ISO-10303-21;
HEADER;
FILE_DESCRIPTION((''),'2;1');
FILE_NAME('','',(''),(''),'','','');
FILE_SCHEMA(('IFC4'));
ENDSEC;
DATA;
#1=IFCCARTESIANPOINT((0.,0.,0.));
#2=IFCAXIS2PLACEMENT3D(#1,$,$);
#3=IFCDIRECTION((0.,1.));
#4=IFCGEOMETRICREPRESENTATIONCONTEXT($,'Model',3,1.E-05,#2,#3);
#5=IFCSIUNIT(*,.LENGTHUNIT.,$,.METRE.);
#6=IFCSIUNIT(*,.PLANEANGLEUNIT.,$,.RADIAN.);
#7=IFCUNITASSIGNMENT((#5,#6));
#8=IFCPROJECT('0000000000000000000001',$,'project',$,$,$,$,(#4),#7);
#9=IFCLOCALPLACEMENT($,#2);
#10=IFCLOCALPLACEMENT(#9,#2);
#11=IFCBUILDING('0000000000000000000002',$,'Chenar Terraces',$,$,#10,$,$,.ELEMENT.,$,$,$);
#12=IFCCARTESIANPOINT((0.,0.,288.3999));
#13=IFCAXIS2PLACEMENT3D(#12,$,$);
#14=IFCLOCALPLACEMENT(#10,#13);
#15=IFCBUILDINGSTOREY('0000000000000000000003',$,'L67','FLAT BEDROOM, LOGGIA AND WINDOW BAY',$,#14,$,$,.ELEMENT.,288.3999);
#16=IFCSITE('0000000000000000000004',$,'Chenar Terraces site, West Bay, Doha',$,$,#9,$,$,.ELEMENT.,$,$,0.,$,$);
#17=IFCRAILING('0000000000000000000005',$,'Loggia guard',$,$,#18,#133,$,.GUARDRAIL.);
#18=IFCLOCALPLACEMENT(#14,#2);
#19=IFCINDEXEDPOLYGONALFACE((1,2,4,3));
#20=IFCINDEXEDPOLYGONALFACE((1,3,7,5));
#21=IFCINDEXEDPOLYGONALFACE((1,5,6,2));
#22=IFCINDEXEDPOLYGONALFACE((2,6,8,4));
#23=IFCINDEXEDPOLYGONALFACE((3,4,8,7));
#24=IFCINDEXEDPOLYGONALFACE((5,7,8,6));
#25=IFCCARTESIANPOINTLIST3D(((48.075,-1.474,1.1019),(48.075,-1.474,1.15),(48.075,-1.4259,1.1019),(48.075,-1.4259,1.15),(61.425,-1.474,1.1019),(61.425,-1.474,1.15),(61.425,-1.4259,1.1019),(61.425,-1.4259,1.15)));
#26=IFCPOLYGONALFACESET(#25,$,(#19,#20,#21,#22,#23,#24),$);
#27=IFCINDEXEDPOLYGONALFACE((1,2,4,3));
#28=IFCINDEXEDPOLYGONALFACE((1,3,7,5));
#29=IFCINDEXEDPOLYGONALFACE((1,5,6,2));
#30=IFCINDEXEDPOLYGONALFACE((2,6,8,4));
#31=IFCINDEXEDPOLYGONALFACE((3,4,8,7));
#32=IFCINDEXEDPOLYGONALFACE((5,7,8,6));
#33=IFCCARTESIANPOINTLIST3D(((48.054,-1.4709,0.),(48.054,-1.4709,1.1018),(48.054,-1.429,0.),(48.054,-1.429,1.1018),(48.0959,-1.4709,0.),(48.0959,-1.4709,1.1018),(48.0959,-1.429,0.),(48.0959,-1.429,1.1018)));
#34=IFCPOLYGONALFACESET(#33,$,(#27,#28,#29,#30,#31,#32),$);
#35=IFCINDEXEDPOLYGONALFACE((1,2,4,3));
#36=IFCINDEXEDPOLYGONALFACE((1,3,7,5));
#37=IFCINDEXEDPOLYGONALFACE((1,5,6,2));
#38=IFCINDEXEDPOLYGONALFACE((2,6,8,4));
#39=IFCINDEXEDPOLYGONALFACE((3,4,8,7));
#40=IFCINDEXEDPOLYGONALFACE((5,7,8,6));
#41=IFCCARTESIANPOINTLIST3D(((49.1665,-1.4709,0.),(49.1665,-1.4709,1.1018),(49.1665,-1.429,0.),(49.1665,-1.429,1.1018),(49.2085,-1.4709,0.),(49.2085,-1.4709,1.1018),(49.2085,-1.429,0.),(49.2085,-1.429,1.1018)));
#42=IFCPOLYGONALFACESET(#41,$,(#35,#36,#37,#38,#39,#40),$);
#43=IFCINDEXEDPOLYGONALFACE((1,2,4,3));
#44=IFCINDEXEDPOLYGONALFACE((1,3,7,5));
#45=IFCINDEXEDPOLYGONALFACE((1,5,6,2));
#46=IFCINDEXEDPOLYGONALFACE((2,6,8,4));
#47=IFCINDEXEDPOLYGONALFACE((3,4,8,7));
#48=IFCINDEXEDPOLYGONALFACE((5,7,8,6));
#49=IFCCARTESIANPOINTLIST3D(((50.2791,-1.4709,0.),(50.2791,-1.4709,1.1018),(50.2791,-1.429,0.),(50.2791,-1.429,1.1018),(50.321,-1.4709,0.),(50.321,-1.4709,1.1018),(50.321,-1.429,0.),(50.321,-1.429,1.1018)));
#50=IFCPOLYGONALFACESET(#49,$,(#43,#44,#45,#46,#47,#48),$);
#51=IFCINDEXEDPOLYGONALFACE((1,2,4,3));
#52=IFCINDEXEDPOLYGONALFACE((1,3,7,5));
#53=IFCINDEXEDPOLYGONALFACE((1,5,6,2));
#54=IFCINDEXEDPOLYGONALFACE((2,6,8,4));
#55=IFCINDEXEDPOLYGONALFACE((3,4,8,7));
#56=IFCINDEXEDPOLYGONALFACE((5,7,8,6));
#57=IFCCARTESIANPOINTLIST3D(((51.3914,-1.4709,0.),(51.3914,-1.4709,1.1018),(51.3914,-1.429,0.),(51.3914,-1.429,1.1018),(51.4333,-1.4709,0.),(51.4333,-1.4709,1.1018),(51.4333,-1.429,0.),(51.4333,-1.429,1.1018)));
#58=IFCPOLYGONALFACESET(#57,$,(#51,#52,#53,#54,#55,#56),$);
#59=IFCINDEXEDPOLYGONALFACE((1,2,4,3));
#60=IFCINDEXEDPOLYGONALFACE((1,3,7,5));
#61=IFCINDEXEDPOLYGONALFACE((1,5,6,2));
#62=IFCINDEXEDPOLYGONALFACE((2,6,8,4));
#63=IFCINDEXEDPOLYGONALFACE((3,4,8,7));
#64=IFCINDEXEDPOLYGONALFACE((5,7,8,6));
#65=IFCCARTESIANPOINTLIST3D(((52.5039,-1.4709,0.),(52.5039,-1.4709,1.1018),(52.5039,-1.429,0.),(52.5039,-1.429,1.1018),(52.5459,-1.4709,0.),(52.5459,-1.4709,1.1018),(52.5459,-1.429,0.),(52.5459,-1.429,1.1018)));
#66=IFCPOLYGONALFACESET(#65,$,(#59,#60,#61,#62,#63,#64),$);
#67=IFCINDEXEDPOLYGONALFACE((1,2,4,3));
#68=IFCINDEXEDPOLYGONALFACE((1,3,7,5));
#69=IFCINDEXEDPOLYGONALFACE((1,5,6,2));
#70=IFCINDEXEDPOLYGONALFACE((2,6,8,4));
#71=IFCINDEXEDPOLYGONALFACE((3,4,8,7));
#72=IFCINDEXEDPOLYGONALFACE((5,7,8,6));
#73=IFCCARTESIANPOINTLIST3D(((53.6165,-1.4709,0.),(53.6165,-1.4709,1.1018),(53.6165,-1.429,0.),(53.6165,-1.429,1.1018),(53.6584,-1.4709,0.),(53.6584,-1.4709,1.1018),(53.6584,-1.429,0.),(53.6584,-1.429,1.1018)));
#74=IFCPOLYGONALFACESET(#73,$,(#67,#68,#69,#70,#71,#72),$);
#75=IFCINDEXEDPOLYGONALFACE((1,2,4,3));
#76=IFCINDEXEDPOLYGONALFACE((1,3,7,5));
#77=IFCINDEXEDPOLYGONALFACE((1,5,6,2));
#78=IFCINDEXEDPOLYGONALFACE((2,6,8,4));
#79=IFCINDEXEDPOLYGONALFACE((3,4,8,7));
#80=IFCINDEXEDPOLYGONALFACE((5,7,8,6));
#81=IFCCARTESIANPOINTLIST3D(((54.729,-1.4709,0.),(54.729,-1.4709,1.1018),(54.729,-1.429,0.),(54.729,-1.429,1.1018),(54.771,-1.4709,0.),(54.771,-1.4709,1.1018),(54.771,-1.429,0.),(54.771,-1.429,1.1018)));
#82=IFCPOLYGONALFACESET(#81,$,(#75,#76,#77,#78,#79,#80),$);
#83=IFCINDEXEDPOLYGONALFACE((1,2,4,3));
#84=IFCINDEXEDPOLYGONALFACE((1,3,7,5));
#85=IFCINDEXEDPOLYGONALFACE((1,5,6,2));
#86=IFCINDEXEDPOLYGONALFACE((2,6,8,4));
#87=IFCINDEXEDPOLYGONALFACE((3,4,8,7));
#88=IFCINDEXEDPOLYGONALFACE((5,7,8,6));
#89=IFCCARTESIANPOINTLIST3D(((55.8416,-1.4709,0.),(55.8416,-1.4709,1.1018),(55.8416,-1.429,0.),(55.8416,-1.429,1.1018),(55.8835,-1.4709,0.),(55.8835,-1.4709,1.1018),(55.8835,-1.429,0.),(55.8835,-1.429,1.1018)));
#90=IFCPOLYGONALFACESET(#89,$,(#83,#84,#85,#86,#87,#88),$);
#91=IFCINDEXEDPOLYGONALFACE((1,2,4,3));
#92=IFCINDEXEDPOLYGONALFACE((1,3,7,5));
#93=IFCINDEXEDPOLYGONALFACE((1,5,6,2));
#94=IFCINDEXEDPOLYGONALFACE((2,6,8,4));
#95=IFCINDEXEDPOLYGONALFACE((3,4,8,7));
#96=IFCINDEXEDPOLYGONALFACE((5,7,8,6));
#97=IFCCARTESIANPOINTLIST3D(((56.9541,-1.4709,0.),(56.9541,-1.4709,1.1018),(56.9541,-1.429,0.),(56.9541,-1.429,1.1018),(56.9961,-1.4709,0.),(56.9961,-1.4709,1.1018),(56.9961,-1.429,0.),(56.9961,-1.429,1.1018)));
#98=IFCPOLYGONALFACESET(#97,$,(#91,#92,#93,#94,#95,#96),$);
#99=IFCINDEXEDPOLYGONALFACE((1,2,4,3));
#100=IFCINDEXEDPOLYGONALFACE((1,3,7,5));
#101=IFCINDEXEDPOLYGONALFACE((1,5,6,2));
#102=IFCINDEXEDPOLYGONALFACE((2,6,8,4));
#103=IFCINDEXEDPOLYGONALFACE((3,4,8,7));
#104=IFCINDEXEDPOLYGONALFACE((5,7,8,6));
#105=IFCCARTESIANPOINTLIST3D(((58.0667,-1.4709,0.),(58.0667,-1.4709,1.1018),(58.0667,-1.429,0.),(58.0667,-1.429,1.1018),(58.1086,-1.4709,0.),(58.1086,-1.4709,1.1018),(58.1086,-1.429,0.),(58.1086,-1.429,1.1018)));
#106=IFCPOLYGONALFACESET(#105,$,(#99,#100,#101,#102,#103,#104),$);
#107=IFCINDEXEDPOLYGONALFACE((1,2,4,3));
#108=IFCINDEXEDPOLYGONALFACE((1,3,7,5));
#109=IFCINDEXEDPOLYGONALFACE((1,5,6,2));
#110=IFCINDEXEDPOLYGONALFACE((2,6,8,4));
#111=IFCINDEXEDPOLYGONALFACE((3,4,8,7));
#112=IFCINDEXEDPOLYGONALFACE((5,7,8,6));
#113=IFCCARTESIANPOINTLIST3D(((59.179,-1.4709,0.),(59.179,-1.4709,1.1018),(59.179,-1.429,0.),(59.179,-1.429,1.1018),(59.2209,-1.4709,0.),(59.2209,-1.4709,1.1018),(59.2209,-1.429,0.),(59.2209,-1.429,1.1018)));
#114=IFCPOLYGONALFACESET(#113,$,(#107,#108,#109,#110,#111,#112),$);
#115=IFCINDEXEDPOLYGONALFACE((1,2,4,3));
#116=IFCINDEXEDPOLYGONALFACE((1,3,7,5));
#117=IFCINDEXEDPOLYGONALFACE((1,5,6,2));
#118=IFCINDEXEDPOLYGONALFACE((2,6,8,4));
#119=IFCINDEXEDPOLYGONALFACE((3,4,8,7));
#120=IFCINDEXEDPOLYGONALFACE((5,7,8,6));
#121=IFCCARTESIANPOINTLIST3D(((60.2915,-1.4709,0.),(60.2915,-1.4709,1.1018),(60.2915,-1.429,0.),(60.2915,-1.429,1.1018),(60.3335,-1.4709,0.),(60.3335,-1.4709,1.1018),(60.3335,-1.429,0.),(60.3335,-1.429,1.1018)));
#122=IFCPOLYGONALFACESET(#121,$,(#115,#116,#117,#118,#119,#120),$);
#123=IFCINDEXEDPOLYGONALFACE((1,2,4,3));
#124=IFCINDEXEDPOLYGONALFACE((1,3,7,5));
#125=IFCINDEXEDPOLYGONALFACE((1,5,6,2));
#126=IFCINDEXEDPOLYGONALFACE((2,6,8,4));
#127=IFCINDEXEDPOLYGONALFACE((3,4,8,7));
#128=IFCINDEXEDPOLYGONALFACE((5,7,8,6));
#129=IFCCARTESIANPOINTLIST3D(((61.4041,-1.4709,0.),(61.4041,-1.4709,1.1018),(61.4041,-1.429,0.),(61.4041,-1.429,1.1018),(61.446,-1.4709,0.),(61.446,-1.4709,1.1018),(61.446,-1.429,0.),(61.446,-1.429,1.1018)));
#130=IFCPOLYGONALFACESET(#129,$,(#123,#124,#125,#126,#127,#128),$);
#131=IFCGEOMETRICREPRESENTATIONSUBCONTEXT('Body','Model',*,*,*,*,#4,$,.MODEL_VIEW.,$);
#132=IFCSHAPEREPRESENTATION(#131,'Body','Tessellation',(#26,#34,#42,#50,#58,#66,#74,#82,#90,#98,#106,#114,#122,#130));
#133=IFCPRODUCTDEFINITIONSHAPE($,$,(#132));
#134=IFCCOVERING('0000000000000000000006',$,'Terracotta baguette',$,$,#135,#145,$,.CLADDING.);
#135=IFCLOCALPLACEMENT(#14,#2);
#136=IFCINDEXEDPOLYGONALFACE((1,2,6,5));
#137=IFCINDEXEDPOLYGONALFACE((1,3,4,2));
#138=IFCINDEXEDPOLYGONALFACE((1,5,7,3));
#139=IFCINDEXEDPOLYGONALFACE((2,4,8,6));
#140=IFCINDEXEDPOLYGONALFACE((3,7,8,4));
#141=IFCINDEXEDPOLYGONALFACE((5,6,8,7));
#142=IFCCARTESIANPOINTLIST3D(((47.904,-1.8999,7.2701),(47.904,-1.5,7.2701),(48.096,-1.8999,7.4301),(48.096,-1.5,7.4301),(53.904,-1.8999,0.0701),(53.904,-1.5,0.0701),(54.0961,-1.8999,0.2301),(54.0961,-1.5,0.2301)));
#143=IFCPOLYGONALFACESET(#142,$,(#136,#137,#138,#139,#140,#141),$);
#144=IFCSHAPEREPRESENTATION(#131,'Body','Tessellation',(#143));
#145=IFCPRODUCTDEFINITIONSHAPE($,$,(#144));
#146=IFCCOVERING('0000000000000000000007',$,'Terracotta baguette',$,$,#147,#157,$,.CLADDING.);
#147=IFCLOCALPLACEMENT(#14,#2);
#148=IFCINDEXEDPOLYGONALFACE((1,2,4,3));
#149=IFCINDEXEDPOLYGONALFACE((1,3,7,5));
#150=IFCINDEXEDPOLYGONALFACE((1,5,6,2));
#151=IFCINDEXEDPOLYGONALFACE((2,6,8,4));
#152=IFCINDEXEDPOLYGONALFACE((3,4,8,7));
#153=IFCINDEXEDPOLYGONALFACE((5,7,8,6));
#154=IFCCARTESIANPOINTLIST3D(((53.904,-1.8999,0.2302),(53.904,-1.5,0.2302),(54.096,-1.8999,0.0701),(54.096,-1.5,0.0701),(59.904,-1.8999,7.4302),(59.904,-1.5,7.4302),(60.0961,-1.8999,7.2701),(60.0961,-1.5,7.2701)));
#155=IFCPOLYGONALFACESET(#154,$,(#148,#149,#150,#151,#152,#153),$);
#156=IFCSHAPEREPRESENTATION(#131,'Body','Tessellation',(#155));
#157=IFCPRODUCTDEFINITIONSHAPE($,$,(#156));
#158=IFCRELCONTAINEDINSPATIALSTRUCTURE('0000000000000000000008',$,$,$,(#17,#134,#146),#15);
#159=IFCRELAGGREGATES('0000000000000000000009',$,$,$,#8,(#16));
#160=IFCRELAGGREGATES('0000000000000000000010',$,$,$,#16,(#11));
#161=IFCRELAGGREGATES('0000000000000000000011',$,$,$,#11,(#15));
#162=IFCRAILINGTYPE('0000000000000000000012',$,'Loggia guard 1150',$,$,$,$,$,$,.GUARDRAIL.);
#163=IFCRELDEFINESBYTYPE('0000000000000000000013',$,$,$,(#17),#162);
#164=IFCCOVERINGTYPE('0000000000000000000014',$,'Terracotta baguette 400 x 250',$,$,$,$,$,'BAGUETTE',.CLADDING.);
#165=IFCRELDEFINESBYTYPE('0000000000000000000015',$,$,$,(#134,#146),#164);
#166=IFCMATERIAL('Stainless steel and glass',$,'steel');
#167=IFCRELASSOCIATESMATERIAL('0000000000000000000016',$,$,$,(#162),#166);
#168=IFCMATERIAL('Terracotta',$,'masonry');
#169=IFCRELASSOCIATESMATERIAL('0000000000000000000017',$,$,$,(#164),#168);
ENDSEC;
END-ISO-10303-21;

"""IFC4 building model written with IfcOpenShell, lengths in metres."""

from ifc_helpers import new_model, si_unit, direction, frame, origin, origin_2d, place, context, subcontext, project, spatial, rectangle, extrude, material, material_profile, profile_set, type_object, element, save


model = new_model("IFC4")

# Units and contexts
model_context = context("Model", 3, precision=1e-05, world=origin(), true_north=direction((0.0, 1.0)))
body_context = subcontext(model_context, "Body", "Model", "MODEL_VIEW")
ifc_project = project(units=[si_unit("LENGTHUNIT", "METRE"), si_unit("PLANEANGLEUNIT", "RADIAN")], contexts=[model_context])

# Site, building, storey
site_placement = place(None, origin())
site = spatial("IfcSite", under=ifc_project, at=site_placement, Name="Chenar Terraces site, West Bay, Doha", CompositionType="ELEMENT", RefElevation=0.0)
building_placement = place(site_placement, origin())
building = spatial("IfcBuilding", under=site, at=building_placement, Name="Chenar Terraces", CompositionType="ELEMENT")
storey_placement = place(building_placement, frame((0.0, 0.0, 288.3999)))
storey = spatial("IfcBuildingStorey", under=building, at=storey_placement, Name="L67", Description="FLAT BEDROOM, LOGGIA AND WINDOW BAY", CompositionType="ELEMENT", Elevation=288.3999)

# Railing
ifc_material_1 = material(Name="Stainless steel and glass", Category="steel")
railing_type = type_object("IfcRailingType", Name="Loggia guard 1150", PredefinedType="GUARDRAIL", material=ifc_material_1)
railing_placement = place(storey_placement, frame((48.075, -1.45, 0.0)))
element("IfcRailing", 1, at=railing_placement, inside=storey, type_object=railing_type, Name="Loggia guard", PredefinedType="GUARDRAIL", context=body_context, shape_type="SweptSolid", body=[
    extrude(rectangle(XDim=0.0481, YDim=0.0481, at=origin_2d()), frame((0.0, 0.0, 1.126), z_axis=(1.0, 0.0, 0.0), x_axis=(0.0, 1.0, 0.0)), (0.0, 0.0, 1.0), 13.3501),
    extrude(rectangle(XDim=0.042, YDim=0.042, at=origin_2d()), origin(), (0.0, 0.0, 1.0), 1.1018),
    extrude(rectangle(XDim=0.042, YDim=0.042, at=origin_2d()), frame((1.1125, 0.0, 0.0)), (0.0, 0.0, 1.0), 1.1018),
    extrude(rectangle(XDim=0.042, YDim=0.042, at=origin_2d()), frame((2.2251, 0.0, 0.0)), (0.0, 0.0, 1.0), 1.1018),
    extrude(rectangle(XDim=0.042, YDim=0.042, at=origin_2d()), frame((3.3374, 0.0, 0.0)), (0.0, 0.0, 1.0), 1.1018),
    extrude(rectangle(XDim=0.042, YDim=0.042, at=origin_2d()), frame((4.45, 0.0, 0.0)), (0.0, 0.0, 1.0), 1.1018),
    extrude(rectangle(XDim=0.042, YDim=0.042, at=origin_2d()), frame((5.5625, 0.0, 0.0)), (0.0, 0.0, 1.0), 1.1018),
    extrude(rectangle(XDim=0.042, YDim=0.042, at=origin_2d()), frame((6.675, 0.0, 0.0)), (0.0, 0.0, 1.0), 1.1018),
    extrude(rectangle(XDim=0.042, YDim=0.042, at=origin_2d()), frame((7.7876, 0.0, 0.0)), (0.0, 0.0, 1.0), 1.1018),
    extrude(rectangle(XDim=0.042, YDim=0.042, at=origin_2d()), frame((8.9001, 0.0, 0.0)), (0.0, 0.0, 1.0), 1.1018),
    extrude(rectangle(XDim=0.042, YDim=0.042, at=origin_2d()), frame((10.0127, 0.0, 0.0)), (0.0, 0.0, 1.0), 1.1018),
    extrude(rectangle(XDim=0.042, YDim=0.042, at=origin_2d()), frame((11.125, 0.0, 0.0)), (0.0, 0.0, 1.0), 1.1018),
    extrude(rectangle(XDim=0.042, YDim=0.042, at=origin_2d()), frame((12.2375, 0.0, 0.0)), (0.0, 0.0, 1.0), 1.1018),
    extrude(rectangle(XDim=0.042, YDim=0.042, at=origin_2d()), frame((13.3501, 0.0, 0.0)), (0.0, 0.0, 1.0), 1.1018),
])

# Coverings
ifc_material_2 = material(Name="Terracotta", Category="masonry")
ifc_material_profile_1 = material_profile(ifc_material_2, rectangle(XDim=0.3999, YDim=0.25, at=origin_2d()), Name="Terracotta baguette 400 x 250")
ifc_profile_set_1 = profile_set([ifc_material_profile_1], Name="Terracotta")
covering_type = type_object("IfcCoveringType", Name="Terracotta baguette 400 x 250", ElementType="BAGUETTE", PredefinedType="CLADDING", material=ifc_profile_set_1)
for number, where, z_axis, x_axis, name in (
    (2, (48.0, -1.7, 7.3501), (0.640187, 0.0, -0.768219), (0.0, 1.0, 0.0), "Terracotta baguette"),
    (3, (54.0, -1.7, 0.1501), (0.640187, 0.0, 0.768219), (0.0, 1.0, 0.0), "Terracotta baguette"),
):
    element("IfcCovering", number, at=place(storey_placement, frame(where, z_axis=z_axis, x_axis=x_axis)), inside=storey, type_object=covering_type, Name=name, PredefinedType="CLADDING", context=body_context, shape_type="SweptSolid", body=[
        extrude(rectangle(XDim=0.3999, YDim=0.25, at=origin_2d()), origin(), (0.0, 0.0, 1.0), 9.3723),
    ])

save(model, "model.ifc")
